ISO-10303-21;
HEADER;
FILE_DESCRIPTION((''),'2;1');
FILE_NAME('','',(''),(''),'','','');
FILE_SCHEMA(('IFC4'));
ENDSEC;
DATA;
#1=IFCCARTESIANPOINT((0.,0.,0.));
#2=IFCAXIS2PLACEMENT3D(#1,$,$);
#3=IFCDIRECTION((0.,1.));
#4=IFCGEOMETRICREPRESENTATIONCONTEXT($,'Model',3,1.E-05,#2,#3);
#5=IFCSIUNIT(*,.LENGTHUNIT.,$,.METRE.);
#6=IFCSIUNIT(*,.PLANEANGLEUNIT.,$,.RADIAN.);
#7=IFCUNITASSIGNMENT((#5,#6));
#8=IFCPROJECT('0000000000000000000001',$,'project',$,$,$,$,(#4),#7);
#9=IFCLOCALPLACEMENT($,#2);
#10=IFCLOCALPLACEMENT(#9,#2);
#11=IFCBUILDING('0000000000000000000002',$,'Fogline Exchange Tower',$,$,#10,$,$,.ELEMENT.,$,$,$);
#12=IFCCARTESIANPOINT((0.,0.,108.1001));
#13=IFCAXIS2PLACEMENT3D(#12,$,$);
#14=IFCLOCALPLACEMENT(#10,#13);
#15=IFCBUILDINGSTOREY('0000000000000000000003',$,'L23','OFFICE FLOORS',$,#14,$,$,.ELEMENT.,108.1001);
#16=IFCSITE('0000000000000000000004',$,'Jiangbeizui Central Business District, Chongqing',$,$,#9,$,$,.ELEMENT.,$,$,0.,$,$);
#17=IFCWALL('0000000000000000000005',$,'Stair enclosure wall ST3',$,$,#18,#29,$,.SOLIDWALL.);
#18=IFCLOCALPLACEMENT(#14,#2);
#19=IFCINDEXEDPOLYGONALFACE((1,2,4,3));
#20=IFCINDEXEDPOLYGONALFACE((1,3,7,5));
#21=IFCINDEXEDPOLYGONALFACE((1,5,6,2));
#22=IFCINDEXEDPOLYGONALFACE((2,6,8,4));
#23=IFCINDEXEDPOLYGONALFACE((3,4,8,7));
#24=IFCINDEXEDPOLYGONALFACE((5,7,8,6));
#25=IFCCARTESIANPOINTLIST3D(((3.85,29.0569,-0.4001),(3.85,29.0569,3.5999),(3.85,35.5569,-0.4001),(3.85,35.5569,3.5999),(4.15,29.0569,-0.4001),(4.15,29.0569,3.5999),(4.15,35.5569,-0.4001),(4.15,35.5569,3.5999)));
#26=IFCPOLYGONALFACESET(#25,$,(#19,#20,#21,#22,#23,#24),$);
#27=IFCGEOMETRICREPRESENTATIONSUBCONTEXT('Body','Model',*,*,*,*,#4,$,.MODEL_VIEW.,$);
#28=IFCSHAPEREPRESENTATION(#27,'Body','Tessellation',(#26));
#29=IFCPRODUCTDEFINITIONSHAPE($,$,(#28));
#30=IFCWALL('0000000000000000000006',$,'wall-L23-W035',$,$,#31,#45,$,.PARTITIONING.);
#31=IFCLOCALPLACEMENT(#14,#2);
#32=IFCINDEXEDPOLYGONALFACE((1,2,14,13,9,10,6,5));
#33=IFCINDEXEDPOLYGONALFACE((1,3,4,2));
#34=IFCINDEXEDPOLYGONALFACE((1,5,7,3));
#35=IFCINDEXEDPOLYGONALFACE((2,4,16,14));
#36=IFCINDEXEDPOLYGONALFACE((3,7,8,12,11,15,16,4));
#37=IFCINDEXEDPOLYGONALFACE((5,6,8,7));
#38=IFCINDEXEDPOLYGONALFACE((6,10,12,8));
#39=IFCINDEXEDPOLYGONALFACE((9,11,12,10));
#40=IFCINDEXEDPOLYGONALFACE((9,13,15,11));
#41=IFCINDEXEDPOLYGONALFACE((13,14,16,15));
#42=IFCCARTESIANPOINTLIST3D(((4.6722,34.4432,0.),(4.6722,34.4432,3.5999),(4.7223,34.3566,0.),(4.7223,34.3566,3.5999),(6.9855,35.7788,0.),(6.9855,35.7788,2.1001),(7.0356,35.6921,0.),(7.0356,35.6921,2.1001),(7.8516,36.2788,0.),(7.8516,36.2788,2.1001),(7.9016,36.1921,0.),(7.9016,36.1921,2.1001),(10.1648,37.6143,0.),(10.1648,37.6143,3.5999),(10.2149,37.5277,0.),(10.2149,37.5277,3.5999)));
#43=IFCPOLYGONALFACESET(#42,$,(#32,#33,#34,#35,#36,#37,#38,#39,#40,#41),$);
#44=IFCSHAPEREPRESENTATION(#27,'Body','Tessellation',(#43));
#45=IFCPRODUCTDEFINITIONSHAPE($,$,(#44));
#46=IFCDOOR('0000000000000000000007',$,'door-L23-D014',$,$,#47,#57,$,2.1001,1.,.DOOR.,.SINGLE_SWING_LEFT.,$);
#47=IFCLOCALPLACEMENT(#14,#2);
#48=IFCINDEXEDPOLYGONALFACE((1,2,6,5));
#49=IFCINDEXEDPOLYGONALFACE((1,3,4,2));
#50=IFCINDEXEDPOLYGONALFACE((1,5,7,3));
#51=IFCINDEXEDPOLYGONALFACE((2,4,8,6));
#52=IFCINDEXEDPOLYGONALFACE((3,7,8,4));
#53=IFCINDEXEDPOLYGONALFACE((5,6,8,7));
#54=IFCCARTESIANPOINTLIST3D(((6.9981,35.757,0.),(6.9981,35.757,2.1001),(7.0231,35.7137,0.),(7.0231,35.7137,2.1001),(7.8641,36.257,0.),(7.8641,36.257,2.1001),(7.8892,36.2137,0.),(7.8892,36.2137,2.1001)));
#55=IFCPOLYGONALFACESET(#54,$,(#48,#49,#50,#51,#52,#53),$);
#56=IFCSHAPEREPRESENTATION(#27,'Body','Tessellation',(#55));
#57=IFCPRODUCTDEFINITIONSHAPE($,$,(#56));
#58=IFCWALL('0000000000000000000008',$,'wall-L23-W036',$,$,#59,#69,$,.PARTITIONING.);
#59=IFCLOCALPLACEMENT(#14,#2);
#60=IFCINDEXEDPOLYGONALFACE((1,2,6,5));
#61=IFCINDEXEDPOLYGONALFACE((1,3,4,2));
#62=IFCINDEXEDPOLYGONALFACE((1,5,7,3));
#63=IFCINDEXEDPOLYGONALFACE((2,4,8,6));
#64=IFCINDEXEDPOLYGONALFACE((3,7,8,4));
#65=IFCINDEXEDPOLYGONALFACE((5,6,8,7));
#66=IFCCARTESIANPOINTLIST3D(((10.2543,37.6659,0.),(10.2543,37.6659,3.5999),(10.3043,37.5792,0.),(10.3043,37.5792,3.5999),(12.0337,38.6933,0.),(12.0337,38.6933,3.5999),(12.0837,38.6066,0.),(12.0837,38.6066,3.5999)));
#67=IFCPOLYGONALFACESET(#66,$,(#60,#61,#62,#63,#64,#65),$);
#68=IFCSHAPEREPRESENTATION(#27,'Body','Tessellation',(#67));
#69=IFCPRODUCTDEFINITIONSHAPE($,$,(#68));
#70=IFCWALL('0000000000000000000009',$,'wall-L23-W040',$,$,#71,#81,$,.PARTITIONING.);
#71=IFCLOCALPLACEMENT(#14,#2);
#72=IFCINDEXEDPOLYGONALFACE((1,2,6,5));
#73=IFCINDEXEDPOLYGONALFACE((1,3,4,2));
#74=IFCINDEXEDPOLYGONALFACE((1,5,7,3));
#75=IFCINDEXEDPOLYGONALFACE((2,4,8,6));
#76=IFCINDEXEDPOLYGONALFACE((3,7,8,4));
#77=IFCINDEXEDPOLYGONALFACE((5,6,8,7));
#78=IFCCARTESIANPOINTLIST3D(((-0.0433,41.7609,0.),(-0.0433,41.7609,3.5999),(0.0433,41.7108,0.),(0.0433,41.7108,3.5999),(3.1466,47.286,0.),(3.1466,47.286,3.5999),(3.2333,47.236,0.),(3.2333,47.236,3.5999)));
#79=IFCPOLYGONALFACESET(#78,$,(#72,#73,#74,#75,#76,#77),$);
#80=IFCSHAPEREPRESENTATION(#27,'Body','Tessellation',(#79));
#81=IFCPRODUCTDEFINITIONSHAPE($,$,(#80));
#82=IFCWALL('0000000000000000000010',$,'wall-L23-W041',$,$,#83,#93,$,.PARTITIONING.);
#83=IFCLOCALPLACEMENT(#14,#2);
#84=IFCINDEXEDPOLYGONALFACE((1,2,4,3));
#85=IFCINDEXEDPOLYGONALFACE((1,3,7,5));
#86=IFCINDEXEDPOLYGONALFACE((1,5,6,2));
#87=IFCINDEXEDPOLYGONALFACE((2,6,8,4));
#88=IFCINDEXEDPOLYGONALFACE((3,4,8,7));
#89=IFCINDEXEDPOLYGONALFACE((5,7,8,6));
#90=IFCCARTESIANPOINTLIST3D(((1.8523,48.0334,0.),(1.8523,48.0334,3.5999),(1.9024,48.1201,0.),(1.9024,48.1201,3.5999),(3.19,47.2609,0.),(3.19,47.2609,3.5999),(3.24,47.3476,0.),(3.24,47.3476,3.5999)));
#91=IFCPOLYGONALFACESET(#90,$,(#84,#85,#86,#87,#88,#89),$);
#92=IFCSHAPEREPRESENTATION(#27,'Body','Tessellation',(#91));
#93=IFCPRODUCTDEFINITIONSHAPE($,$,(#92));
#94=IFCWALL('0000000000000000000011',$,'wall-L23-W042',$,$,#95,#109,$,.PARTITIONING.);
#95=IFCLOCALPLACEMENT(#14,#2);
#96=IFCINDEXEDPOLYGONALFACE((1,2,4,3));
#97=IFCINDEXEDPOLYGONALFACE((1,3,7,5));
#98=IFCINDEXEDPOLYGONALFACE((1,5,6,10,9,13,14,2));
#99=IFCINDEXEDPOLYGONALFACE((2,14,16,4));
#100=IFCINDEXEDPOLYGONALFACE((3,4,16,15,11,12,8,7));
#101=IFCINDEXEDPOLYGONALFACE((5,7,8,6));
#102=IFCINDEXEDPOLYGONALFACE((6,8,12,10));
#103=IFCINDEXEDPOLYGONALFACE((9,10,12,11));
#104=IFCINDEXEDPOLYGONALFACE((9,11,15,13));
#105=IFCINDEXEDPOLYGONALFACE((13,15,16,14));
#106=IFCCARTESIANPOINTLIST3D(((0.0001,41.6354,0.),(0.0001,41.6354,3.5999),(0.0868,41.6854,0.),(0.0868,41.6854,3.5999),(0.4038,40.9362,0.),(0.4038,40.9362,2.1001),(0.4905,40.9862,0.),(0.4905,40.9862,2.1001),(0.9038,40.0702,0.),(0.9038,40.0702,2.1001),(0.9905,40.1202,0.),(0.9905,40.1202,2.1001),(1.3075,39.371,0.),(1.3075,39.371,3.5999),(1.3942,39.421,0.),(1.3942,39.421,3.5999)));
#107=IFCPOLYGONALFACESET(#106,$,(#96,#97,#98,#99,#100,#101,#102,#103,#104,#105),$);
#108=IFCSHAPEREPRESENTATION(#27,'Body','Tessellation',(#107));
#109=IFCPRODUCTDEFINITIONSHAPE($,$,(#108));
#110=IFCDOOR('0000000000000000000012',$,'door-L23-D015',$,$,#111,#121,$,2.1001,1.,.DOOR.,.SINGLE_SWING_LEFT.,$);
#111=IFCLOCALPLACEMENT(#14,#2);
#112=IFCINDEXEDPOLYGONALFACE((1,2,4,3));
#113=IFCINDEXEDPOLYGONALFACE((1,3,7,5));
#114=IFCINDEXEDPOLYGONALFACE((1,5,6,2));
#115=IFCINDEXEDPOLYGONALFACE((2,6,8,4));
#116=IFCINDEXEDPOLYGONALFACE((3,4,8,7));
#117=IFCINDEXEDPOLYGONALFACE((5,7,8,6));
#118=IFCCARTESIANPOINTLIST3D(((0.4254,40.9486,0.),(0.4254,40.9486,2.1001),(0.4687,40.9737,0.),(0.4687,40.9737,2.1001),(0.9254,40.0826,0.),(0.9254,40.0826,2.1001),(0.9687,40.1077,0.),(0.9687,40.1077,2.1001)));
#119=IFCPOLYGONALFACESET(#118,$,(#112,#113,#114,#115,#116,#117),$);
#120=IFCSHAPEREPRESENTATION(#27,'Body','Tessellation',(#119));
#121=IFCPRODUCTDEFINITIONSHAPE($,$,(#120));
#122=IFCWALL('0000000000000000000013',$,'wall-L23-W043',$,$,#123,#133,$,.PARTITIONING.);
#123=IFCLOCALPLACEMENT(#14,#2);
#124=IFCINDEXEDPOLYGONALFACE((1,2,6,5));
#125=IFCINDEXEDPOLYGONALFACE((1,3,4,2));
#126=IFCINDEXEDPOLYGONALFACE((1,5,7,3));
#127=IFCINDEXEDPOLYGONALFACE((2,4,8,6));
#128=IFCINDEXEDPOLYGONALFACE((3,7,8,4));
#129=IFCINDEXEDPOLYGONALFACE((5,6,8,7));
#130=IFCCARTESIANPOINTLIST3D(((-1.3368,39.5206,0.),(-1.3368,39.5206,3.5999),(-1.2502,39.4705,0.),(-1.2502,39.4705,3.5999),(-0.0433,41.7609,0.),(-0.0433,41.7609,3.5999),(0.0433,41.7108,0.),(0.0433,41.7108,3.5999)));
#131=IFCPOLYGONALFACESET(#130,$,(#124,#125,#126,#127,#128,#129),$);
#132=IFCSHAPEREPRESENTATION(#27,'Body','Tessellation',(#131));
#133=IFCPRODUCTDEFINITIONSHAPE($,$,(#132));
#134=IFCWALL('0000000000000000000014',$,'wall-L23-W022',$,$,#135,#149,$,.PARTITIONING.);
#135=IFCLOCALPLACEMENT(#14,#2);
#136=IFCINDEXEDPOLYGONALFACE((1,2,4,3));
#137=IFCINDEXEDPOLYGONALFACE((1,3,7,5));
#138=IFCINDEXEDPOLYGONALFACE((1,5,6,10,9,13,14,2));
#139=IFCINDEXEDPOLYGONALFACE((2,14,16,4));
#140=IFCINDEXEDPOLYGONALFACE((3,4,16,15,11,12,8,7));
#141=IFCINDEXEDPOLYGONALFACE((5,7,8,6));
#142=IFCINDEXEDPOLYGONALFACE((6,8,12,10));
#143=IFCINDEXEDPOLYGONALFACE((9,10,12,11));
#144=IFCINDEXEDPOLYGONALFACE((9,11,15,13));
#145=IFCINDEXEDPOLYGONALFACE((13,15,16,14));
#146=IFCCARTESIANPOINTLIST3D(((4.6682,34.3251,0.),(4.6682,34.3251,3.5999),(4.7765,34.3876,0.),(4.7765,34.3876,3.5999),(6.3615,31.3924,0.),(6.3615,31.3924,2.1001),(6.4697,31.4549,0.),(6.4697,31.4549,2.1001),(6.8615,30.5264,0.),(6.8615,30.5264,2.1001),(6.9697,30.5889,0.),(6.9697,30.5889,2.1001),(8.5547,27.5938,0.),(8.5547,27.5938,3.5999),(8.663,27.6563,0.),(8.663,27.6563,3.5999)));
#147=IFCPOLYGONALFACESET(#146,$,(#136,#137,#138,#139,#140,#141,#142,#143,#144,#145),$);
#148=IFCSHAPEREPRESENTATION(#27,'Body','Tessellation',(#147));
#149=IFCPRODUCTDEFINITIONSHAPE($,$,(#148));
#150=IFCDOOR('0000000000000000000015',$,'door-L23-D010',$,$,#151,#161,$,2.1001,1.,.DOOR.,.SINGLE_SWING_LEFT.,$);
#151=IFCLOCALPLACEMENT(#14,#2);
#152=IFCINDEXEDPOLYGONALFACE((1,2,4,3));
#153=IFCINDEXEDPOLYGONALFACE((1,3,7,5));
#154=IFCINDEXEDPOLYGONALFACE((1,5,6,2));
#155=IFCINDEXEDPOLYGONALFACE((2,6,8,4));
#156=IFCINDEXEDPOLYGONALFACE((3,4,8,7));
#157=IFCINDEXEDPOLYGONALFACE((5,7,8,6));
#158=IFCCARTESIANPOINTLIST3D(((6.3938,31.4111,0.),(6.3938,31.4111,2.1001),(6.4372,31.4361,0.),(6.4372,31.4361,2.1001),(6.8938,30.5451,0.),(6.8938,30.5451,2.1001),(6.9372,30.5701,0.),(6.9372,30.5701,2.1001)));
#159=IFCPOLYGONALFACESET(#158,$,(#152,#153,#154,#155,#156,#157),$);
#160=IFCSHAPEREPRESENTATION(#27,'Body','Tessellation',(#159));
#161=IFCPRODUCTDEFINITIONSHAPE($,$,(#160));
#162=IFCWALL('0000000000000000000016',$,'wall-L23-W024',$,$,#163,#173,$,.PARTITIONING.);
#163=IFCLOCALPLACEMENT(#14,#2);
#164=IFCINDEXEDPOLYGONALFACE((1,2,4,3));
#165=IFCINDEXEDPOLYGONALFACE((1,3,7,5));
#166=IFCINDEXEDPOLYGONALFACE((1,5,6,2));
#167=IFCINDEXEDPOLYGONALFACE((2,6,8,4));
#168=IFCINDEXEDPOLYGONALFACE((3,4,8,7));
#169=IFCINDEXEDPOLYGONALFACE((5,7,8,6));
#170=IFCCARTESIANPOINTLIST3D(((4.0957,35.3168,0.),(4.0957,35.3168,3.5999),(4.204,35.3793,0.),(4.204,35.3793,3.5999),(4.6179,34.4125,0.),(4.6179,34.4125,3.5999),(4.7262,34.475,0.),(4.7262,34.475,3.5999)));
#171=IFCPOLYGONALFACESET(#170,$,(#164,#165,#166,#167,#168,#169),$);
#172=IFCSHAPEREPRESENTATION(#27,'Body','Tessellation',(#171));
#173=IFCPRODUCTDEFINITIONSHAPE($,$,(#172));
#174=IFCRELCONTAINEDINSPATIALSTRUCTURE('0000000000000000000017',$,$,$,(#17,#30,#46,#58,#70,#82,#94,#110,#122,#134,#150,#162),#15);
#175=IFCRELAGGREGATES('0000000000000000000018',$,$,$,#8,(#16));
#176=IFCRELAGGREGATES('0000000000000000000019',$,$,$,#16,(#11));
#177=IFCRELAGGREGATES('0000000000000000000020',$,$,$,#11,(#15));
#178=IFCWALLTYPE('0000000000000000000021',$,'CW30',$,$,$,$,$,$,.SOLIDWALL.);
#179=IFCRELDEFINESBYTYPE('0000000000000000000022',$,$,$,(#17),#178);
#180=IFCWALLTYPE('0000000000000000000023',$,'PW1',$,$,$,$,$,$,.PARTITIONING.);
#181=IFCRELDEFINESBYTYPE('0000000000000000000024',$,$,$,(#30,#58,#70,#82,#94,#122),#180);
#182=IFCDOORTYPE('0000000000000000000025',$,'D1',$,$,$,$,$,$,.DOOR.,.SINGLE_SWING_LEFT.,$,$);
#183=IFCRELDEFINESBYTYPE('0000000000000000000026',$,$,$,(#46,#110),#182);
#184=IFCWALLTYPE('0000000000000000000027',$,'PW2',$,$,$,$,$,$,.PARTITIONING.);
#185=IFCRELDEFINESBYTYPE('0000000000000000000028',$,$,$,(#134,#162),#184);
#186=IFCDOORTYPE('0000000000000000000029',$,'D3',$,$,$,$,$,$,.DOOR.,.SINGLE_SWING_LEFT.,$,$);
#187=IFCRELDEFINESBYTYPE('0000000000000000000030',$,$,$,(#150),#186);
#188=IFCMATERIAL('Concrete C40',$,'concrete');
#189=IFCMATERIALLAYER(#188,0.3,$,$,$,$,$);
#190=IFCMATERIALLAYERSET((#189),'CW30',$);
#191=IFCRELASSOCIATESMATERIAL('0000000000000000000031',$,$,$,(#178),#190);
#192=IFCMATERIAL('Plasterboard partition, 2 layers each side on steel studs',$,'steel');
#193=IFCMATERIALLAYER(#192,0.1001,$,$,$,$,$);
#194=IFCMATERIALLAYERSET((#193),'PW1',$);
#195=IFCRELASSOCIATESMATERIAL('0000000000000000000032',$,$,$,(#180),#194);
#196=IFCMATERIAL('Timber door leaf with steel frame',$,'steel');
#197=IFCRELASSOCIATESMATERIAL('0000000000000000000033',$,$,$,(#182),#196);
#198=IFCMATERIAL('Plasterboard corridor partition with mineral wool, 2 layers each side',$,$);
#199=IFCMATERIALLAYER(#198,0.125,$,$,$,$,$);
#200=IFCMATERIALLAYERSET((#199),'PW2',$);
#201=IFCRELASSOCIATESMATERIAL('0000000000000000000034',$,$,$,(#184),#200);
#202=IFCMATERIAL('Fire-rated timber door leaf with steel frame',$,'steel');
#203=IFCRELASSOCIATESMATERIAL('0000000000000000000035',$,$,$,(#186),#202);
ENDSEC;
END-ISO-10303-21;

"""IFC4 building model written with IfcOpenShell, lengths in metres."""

from ifc_helpers import new_model, si_unit, direction, frame, frame_2d, origin, place, context, subcontext, project, spatial, rectangle, extrude, material, layer, layer_set, type_object, element, fill, save


model = new_model("IFC4")

# Units and contexts
model_context = context("Model", 3, precision=1e-05, world=origin(), true_north=direction((0.0, 1.0)))
body_context = subcontext(model_context, "Body", "Model", "MODEL_VIEW")
ifc_project = project(units=[si_unit("LENGTHUNIT", "METRE"), si_unit("PLANEANGLEUNIT", "RADIAN")], contexts=[model_context])

# Site, building, storey
site_placement = place(None, origin())
site = spatial("IfcSite", under=ifc_project, at=site_placement, Name="Jiangbeizui Central Business District, Chongqing", CompositionType="ELEMENT", RefElevation=0.0)
building_placement = place(site_placement, origin())
building = spatial("IfcBuilding", under=site, at=building_placement, Name="Fogline Exchange Tower", CompositionType="ELEMENT")
storey_placement = place(building_placement, frame((0.0, 0.0, 108.1001)))
storey = spatial("IfcBuildingStorey", under=building, at=storey_placement, Name="L23", Description="OFFICE FLOORS", CompositionType="ELEMENT", Elevation=108.1001)

# Shared definitions
ifc_material_1 = material(Name="Concrete C40", Category="concrete")

# Wall
ifc_layer_1 = layer(ifc_material_1, 0.3)
ifc_layer_set_1 = layer_set([ifc_layer_1], Name="CW30")
wall_type_1 = type_object("IfcWallType", Name="CW30", PredefinedType="SOLIDWALL", material=ifc_layer_set_1)
wall_1_placement = place(storey_placement, frame((4.0, 29.0569, -0.4001), z_axis=(0.0, 0.0, 1.0), x_axis=(0.0, 1.0, 0.0)))
element("IfcWall", 1, at=wall_1_placement, inside=storey, type_object=wall_type_1, Name="Stair enclosure wall ST3", PredefinedType="SOLIDWALL", context=body_context, shape_type="SweptSolid", body=[
    extrude(rectangle(XDim=6.5, YDim=0.3, at=frame_2d((3.25, 0.0))), origin(), (0.0, 0.0, 1.0), 4.0),
])

# Wall, opening, door
ifc_material_2 = material(Name="Plasterboard partition, 2 layers each side on steel studs", Category="steel")
ifc_layer_2 = layer(ifc_material_2, 0.1001)
ifc_layer_set_2 = layer_set([ifc_layer_2], Name="PW1")
wall_type_2 = type_object("IfcWallType", Name="PW1", PredefinedType="PARTITIONING", material=ifc_layer_set_2)
wall_2_placement = place(storey_placement, frame((4.6973, 34.3999, 0.0), z_axis=(0.0, 0.0, 1.0), x_axis=(0.866029, 0.499993, 0.0)))
wall_2 = element("IfcWall", 2, at=wall_2_placement, inside=storey, type_object=wall_type_2, Name="wall-L23-W035", PredefinedType="PARTITIONING", context=body_context, shape_type="SweptSolid", body=[
    extrude(rectangle(XDim=6.3423, YDim=0.1001, at=frame_2d((3.1711, 0.0))), origin(), (0.0, 0.0, 1.0), 3.5999),
])
opening_1_placement = place(wall_2_placement, frame((2.6711, 0.0, 0.0)))
opening_1 = element("IfcOpeningElement", 3, at=opening_1_placement, cuts=wall_2, PredefinedType="OPENING", context=body_context, shape_type="SweptSolid", body=[
    extrude(rectangle(XDim=1.0, YDim=2.1001, at=frame_2d((0.5, 1.05))), frame((0.0, 0.0601, 0.0), z_axis=(0.0, -1.0, 0.0), x_axis=(1.0, 0.0, 0.0)), (0.0, 0.0, 1.0), 0.1201),
])
ifc_material_3 = material(Name="Timber door leaf with steel frame", Category="steel")
door_type_1 = type_object("IfcDoorType", Name="D1", OperationType="SINGLE_SWING_LEFT", PredefinedType="DOOR", material=ifc_material_3)
door_1_placement = place(opening_1_placement, origin())
door_1 = element("IfcDoor", 4, at=door_1_placement, inside=storey, type_object=door_type_1, Name="door-L23-D014", OperationType="SINGLE_SWING_LEFT", OverallHeight=2.1001, OverallWidth=1.0, PredefinedType="DOOR", context=body_context, shape_type="SweptSolid", body=[
    extrude(rectangle(XDim=1.0, YDim=2.1001, at=frame_2d((0.5, 1.05))), frame((0.0, 0.0249, 0.0), z_axis=(0.0, -1.0, 0.0), x_axis=(1.0, 0.0, 0.0)), (0.0, 0.0, 1.0), 0.05),
])
fill(opening_1, door_1)

# Walls
wall_3_placement = place(storey_placement, frame((10.2793, 37.6226, 0.0), z_axis=(0.0, 0.0, 1.0), x_axis=(0.866011, 0.500024, 0.0)))
element("IfcWall", 5, at=wall_3_placement, inside=storey, type_object=wall_type_2, Name="wall-L23-W036", PredefinedType="PARTITIONING", context=body_context, shape_type="SweptSolid", body=[
    extrude(rectangle(XDim=2.0547, YDim=0.1001, at=frame_2d((1.0273, 0.0))), origin(), (0.0, 0.0, 1.0), 3.5999),
])
wall_4_placement = place(storey_placement, frame((0.0, 41.7358, 0.0), z_axis=(0.0, 0.0, 1.0), x_axis=(0.5, 0.866026, 0.0)))
element("IfcWall", 6, at=wall_4_placement, inside=storey, type_object=wall_type_2, Name="wall-L23-W040", PredefinedType="PARTITIONING", context=body_context, shape_type="SweptSolid", body=[
    extrude(rectangle(XDim=6.3799, YDim=0.1001, at=frame_2d((3.1899, 0.0))), origin(), (0.0, 0.0, 1.0), 3.5999),
])
wall_5_placement = place(storey_placement, frame((3.2151, 47.3042, 0.0), z_axis=(0.0, 0.0, 1.0), x_axis=(-0.865978, 0.500083, 0.0)))
element("IfcWall", 7, at=wall_5_placement, inside=storey, type_object=wall_type_2, Name="wall-L23-W041", PredefinedType="PARTITIONING", context=body_context, shape_type="SweptSolid", body=[
    extrude(rectangle(XDim=1.5447, YDim=0.1001, at=frame_2d((0.7725, 0.0))), origin(), (0.0, 0.0, 1.0), 3.5999),
])

# Wall, opening, door
wall_6_placement = place(storey_placement, frame((1.3508, 39.396, 0.0), z_axis=(0.0, 0.0, 1.0), x_axis=(-0.500005, 0.866022, 0.0)))
wall_6 = element("IfcWall", 8, at=wall_6_placement, inside=storey, type_object=wall_type_2, Name="wall-L23-W042", PredefinedType="PARTITIONING", context=body_context, shape_type="SweptSolid", body=[
    extrude(rectangle(XDim=2.6147, YDim=0.1001, at=frame_2d((1.3074, 0.0))), origin(), (0.0, 0.0, 1.0), 3.5999),
])
opening_2_placement = place(wall_6_placement, frame((0.8074, 0.0, 0.0)))
opening_2 = element("IfcOpeningElement", 9, at=opening_2_placement, cuts=wall_6, PredefinedType="OPENING", context=body_context, shape_type="SweptSolid", body=[
    extrude(rectangle(XDim=1.0, YDim=2.1001, at=frame_2d((0.5, 1.05))), frame((0.0, 0.0601, 0.0), z_axis=(0.0, -1.0, 0.0), x_axis=(1.0, 0.0, 0.0)), (0.0, 0.0, 1.0), 0.1201),
])
door_2_placement = place(opening_2_placement, frame((1.0, 0.0, 0.0), z_axis=(0.0, 0.0, 1.0), x_axis=(-1.0, 0.0, 0.0)))
door_2 = element("IfcDoor", 10, at=door_2_placement, inside=storey, type_object=door_type_1, Name="door-L23-D015", OperationType="SINGLE_SWING_LEFT", OverallHeight=2.1001, OverallWidth=1.0, PredefinedType="DOOR", context=body_context, shape_type="SweptSolid", body=[
    extrude(rectangle(XDim=1.0, YDim=2.1001, at=frame_2d((0.5, 1.05))), frame((0.0, 0.0249, 0.0), z_axis=(0.0, -1.0, 0.0), x_axis=(1.0, 0.0, 0.0)), (0.0, 0.0, 1.0), 0.05),
])
fill(opening_2, door_2)

# Wall
wall_7_placement = place(storey_placement, frame((0.0, 41.7358, 0.0), z_axis=(0.0, 0.0, 1.0), x_axis=(-0.500017, -0.866016, 0.0)))
element("IfcWall", 11, at=wall_7_placement, inside=storey, type_object=wall_type_2, Name="wall-L23-W043", PredefinedType="PARTITIONING", context=body_context, shape_type="SweptSolid", body=[
    extrude(rectangle(XDim=2.5869, YDim=0.1001, at=frame_2d((1.2935, 0.0))), origin(), (0.0, 0.0, 1.0), 3.5999),
])

# Wall, opening, door
ifc_material_4 = material(Name="Plasterboard corridor partition with mineral wool, 2 layers each side")
ifc_layer_3 = layer(ifc_material_4, 0.125)
ifc_layer_set_3 = layer_set([ifc_layer_3], Name="PW2")
wall_type_3 = type_object("IfcWallType", Name="PW2", PredefinedType="PARTITIONING", material=ifc_layer_set_3)
wall_8_placement = place(storey_placement, frame((4.7224, 34.3562, 0.0), z_axis=(0.0, 0.0, 1.0), x_axis=(0.500021, -0.866013, 0.0)))
wall_8 = element("IfcWall", 12, at=wall_8_placement, inside=storey, type_object=wall_type_3, Name="wall-L23-W022", PredefinedType="PARTITIONING", context=body_context, shape_type="SweptSolid", body=[
    extrude(rectangle(XDim=7.7727, YDim=0.125, at=frame_2d((3.8862, 0.0))), origin(), (0.0, 0.0, 1.0), 3.5999),
])
opening_3_placement = place(wall_8_placement, frame((3.3862, 0.0, 0.0)))
opening_3 = element("IfcOpeningElement", 13, at=opening_3_placement, cuts=wall_8, PredefinedType="OPENING", context=body_context, shape_type="SweptSolid", body=[
    extrude(rectangle(XDim=1.0, YDim=2.1001, at=frame_2d((0.5, 1.05))), frame((0.0, 0.0725, 0.0), z_axis=(0.0, -1.0, 0.0), x_axis=(1.0, 0.0, 0.0)), (0.0, 0.0, 1.0), 0.145),
])
ifc_material_5 = material(Name="Fire-rated timber door leaf with steel frame", Category="steel")
door_type_2 = type_object("IfcDoorType", Name="D3", OperationType="SINGLE_SWING_LEFT", PredefinedType="DOOR", material=ifc_material_5)
door_3_placement = place(opening_3_placement, origin())
door_3 = element("IfcDoor", 14, at=door_3_placement, inside=storey, type_object=door_type_2, Name="door-L23-D010", OperationType="SINGLE_SWING_LEFT", OverallHeight=2.1001, OverallWidth=1.0, PredefinedType="DOOR", context=body_context, shape_type="SweptSolid", body=[
    extrude(rectangle(XDim=1.0, YDim=2.1001, at=frame_2d((0.5, 1.05))), frame((0.0, 0.0249, 0.0), z_axis=(0.0, -1.0, 0.0), x_axis=(1.0, 0.0, 0.0)), (0.0, 0.0, 1.0), 0.05),
])
fill(opening_3, door_3)

# Wall
wall_9_placement = place(storey_placement, frame((4.1499, 35.3479, 0.0), z_axis=(0.0, 0.0, 1.0), x_axis=(0.500087, -0.865975, 0.0)))
element("IfcWall", 15, at=wall_9_placement, inside=storey, type_object=wall_type_3, Name="wall-L23-W024", PredefinedType="PARTITIONING", context=body_context, shape_type="SweptSolid", body=[
    extrude(rectangle(XDim=1.0442, YDim=0.125, at=frame_2d((0.522, 0.0))), origin(), (0.0, 0.0, 1.0), 3.5999),
])

save(model, "model.ifc")
